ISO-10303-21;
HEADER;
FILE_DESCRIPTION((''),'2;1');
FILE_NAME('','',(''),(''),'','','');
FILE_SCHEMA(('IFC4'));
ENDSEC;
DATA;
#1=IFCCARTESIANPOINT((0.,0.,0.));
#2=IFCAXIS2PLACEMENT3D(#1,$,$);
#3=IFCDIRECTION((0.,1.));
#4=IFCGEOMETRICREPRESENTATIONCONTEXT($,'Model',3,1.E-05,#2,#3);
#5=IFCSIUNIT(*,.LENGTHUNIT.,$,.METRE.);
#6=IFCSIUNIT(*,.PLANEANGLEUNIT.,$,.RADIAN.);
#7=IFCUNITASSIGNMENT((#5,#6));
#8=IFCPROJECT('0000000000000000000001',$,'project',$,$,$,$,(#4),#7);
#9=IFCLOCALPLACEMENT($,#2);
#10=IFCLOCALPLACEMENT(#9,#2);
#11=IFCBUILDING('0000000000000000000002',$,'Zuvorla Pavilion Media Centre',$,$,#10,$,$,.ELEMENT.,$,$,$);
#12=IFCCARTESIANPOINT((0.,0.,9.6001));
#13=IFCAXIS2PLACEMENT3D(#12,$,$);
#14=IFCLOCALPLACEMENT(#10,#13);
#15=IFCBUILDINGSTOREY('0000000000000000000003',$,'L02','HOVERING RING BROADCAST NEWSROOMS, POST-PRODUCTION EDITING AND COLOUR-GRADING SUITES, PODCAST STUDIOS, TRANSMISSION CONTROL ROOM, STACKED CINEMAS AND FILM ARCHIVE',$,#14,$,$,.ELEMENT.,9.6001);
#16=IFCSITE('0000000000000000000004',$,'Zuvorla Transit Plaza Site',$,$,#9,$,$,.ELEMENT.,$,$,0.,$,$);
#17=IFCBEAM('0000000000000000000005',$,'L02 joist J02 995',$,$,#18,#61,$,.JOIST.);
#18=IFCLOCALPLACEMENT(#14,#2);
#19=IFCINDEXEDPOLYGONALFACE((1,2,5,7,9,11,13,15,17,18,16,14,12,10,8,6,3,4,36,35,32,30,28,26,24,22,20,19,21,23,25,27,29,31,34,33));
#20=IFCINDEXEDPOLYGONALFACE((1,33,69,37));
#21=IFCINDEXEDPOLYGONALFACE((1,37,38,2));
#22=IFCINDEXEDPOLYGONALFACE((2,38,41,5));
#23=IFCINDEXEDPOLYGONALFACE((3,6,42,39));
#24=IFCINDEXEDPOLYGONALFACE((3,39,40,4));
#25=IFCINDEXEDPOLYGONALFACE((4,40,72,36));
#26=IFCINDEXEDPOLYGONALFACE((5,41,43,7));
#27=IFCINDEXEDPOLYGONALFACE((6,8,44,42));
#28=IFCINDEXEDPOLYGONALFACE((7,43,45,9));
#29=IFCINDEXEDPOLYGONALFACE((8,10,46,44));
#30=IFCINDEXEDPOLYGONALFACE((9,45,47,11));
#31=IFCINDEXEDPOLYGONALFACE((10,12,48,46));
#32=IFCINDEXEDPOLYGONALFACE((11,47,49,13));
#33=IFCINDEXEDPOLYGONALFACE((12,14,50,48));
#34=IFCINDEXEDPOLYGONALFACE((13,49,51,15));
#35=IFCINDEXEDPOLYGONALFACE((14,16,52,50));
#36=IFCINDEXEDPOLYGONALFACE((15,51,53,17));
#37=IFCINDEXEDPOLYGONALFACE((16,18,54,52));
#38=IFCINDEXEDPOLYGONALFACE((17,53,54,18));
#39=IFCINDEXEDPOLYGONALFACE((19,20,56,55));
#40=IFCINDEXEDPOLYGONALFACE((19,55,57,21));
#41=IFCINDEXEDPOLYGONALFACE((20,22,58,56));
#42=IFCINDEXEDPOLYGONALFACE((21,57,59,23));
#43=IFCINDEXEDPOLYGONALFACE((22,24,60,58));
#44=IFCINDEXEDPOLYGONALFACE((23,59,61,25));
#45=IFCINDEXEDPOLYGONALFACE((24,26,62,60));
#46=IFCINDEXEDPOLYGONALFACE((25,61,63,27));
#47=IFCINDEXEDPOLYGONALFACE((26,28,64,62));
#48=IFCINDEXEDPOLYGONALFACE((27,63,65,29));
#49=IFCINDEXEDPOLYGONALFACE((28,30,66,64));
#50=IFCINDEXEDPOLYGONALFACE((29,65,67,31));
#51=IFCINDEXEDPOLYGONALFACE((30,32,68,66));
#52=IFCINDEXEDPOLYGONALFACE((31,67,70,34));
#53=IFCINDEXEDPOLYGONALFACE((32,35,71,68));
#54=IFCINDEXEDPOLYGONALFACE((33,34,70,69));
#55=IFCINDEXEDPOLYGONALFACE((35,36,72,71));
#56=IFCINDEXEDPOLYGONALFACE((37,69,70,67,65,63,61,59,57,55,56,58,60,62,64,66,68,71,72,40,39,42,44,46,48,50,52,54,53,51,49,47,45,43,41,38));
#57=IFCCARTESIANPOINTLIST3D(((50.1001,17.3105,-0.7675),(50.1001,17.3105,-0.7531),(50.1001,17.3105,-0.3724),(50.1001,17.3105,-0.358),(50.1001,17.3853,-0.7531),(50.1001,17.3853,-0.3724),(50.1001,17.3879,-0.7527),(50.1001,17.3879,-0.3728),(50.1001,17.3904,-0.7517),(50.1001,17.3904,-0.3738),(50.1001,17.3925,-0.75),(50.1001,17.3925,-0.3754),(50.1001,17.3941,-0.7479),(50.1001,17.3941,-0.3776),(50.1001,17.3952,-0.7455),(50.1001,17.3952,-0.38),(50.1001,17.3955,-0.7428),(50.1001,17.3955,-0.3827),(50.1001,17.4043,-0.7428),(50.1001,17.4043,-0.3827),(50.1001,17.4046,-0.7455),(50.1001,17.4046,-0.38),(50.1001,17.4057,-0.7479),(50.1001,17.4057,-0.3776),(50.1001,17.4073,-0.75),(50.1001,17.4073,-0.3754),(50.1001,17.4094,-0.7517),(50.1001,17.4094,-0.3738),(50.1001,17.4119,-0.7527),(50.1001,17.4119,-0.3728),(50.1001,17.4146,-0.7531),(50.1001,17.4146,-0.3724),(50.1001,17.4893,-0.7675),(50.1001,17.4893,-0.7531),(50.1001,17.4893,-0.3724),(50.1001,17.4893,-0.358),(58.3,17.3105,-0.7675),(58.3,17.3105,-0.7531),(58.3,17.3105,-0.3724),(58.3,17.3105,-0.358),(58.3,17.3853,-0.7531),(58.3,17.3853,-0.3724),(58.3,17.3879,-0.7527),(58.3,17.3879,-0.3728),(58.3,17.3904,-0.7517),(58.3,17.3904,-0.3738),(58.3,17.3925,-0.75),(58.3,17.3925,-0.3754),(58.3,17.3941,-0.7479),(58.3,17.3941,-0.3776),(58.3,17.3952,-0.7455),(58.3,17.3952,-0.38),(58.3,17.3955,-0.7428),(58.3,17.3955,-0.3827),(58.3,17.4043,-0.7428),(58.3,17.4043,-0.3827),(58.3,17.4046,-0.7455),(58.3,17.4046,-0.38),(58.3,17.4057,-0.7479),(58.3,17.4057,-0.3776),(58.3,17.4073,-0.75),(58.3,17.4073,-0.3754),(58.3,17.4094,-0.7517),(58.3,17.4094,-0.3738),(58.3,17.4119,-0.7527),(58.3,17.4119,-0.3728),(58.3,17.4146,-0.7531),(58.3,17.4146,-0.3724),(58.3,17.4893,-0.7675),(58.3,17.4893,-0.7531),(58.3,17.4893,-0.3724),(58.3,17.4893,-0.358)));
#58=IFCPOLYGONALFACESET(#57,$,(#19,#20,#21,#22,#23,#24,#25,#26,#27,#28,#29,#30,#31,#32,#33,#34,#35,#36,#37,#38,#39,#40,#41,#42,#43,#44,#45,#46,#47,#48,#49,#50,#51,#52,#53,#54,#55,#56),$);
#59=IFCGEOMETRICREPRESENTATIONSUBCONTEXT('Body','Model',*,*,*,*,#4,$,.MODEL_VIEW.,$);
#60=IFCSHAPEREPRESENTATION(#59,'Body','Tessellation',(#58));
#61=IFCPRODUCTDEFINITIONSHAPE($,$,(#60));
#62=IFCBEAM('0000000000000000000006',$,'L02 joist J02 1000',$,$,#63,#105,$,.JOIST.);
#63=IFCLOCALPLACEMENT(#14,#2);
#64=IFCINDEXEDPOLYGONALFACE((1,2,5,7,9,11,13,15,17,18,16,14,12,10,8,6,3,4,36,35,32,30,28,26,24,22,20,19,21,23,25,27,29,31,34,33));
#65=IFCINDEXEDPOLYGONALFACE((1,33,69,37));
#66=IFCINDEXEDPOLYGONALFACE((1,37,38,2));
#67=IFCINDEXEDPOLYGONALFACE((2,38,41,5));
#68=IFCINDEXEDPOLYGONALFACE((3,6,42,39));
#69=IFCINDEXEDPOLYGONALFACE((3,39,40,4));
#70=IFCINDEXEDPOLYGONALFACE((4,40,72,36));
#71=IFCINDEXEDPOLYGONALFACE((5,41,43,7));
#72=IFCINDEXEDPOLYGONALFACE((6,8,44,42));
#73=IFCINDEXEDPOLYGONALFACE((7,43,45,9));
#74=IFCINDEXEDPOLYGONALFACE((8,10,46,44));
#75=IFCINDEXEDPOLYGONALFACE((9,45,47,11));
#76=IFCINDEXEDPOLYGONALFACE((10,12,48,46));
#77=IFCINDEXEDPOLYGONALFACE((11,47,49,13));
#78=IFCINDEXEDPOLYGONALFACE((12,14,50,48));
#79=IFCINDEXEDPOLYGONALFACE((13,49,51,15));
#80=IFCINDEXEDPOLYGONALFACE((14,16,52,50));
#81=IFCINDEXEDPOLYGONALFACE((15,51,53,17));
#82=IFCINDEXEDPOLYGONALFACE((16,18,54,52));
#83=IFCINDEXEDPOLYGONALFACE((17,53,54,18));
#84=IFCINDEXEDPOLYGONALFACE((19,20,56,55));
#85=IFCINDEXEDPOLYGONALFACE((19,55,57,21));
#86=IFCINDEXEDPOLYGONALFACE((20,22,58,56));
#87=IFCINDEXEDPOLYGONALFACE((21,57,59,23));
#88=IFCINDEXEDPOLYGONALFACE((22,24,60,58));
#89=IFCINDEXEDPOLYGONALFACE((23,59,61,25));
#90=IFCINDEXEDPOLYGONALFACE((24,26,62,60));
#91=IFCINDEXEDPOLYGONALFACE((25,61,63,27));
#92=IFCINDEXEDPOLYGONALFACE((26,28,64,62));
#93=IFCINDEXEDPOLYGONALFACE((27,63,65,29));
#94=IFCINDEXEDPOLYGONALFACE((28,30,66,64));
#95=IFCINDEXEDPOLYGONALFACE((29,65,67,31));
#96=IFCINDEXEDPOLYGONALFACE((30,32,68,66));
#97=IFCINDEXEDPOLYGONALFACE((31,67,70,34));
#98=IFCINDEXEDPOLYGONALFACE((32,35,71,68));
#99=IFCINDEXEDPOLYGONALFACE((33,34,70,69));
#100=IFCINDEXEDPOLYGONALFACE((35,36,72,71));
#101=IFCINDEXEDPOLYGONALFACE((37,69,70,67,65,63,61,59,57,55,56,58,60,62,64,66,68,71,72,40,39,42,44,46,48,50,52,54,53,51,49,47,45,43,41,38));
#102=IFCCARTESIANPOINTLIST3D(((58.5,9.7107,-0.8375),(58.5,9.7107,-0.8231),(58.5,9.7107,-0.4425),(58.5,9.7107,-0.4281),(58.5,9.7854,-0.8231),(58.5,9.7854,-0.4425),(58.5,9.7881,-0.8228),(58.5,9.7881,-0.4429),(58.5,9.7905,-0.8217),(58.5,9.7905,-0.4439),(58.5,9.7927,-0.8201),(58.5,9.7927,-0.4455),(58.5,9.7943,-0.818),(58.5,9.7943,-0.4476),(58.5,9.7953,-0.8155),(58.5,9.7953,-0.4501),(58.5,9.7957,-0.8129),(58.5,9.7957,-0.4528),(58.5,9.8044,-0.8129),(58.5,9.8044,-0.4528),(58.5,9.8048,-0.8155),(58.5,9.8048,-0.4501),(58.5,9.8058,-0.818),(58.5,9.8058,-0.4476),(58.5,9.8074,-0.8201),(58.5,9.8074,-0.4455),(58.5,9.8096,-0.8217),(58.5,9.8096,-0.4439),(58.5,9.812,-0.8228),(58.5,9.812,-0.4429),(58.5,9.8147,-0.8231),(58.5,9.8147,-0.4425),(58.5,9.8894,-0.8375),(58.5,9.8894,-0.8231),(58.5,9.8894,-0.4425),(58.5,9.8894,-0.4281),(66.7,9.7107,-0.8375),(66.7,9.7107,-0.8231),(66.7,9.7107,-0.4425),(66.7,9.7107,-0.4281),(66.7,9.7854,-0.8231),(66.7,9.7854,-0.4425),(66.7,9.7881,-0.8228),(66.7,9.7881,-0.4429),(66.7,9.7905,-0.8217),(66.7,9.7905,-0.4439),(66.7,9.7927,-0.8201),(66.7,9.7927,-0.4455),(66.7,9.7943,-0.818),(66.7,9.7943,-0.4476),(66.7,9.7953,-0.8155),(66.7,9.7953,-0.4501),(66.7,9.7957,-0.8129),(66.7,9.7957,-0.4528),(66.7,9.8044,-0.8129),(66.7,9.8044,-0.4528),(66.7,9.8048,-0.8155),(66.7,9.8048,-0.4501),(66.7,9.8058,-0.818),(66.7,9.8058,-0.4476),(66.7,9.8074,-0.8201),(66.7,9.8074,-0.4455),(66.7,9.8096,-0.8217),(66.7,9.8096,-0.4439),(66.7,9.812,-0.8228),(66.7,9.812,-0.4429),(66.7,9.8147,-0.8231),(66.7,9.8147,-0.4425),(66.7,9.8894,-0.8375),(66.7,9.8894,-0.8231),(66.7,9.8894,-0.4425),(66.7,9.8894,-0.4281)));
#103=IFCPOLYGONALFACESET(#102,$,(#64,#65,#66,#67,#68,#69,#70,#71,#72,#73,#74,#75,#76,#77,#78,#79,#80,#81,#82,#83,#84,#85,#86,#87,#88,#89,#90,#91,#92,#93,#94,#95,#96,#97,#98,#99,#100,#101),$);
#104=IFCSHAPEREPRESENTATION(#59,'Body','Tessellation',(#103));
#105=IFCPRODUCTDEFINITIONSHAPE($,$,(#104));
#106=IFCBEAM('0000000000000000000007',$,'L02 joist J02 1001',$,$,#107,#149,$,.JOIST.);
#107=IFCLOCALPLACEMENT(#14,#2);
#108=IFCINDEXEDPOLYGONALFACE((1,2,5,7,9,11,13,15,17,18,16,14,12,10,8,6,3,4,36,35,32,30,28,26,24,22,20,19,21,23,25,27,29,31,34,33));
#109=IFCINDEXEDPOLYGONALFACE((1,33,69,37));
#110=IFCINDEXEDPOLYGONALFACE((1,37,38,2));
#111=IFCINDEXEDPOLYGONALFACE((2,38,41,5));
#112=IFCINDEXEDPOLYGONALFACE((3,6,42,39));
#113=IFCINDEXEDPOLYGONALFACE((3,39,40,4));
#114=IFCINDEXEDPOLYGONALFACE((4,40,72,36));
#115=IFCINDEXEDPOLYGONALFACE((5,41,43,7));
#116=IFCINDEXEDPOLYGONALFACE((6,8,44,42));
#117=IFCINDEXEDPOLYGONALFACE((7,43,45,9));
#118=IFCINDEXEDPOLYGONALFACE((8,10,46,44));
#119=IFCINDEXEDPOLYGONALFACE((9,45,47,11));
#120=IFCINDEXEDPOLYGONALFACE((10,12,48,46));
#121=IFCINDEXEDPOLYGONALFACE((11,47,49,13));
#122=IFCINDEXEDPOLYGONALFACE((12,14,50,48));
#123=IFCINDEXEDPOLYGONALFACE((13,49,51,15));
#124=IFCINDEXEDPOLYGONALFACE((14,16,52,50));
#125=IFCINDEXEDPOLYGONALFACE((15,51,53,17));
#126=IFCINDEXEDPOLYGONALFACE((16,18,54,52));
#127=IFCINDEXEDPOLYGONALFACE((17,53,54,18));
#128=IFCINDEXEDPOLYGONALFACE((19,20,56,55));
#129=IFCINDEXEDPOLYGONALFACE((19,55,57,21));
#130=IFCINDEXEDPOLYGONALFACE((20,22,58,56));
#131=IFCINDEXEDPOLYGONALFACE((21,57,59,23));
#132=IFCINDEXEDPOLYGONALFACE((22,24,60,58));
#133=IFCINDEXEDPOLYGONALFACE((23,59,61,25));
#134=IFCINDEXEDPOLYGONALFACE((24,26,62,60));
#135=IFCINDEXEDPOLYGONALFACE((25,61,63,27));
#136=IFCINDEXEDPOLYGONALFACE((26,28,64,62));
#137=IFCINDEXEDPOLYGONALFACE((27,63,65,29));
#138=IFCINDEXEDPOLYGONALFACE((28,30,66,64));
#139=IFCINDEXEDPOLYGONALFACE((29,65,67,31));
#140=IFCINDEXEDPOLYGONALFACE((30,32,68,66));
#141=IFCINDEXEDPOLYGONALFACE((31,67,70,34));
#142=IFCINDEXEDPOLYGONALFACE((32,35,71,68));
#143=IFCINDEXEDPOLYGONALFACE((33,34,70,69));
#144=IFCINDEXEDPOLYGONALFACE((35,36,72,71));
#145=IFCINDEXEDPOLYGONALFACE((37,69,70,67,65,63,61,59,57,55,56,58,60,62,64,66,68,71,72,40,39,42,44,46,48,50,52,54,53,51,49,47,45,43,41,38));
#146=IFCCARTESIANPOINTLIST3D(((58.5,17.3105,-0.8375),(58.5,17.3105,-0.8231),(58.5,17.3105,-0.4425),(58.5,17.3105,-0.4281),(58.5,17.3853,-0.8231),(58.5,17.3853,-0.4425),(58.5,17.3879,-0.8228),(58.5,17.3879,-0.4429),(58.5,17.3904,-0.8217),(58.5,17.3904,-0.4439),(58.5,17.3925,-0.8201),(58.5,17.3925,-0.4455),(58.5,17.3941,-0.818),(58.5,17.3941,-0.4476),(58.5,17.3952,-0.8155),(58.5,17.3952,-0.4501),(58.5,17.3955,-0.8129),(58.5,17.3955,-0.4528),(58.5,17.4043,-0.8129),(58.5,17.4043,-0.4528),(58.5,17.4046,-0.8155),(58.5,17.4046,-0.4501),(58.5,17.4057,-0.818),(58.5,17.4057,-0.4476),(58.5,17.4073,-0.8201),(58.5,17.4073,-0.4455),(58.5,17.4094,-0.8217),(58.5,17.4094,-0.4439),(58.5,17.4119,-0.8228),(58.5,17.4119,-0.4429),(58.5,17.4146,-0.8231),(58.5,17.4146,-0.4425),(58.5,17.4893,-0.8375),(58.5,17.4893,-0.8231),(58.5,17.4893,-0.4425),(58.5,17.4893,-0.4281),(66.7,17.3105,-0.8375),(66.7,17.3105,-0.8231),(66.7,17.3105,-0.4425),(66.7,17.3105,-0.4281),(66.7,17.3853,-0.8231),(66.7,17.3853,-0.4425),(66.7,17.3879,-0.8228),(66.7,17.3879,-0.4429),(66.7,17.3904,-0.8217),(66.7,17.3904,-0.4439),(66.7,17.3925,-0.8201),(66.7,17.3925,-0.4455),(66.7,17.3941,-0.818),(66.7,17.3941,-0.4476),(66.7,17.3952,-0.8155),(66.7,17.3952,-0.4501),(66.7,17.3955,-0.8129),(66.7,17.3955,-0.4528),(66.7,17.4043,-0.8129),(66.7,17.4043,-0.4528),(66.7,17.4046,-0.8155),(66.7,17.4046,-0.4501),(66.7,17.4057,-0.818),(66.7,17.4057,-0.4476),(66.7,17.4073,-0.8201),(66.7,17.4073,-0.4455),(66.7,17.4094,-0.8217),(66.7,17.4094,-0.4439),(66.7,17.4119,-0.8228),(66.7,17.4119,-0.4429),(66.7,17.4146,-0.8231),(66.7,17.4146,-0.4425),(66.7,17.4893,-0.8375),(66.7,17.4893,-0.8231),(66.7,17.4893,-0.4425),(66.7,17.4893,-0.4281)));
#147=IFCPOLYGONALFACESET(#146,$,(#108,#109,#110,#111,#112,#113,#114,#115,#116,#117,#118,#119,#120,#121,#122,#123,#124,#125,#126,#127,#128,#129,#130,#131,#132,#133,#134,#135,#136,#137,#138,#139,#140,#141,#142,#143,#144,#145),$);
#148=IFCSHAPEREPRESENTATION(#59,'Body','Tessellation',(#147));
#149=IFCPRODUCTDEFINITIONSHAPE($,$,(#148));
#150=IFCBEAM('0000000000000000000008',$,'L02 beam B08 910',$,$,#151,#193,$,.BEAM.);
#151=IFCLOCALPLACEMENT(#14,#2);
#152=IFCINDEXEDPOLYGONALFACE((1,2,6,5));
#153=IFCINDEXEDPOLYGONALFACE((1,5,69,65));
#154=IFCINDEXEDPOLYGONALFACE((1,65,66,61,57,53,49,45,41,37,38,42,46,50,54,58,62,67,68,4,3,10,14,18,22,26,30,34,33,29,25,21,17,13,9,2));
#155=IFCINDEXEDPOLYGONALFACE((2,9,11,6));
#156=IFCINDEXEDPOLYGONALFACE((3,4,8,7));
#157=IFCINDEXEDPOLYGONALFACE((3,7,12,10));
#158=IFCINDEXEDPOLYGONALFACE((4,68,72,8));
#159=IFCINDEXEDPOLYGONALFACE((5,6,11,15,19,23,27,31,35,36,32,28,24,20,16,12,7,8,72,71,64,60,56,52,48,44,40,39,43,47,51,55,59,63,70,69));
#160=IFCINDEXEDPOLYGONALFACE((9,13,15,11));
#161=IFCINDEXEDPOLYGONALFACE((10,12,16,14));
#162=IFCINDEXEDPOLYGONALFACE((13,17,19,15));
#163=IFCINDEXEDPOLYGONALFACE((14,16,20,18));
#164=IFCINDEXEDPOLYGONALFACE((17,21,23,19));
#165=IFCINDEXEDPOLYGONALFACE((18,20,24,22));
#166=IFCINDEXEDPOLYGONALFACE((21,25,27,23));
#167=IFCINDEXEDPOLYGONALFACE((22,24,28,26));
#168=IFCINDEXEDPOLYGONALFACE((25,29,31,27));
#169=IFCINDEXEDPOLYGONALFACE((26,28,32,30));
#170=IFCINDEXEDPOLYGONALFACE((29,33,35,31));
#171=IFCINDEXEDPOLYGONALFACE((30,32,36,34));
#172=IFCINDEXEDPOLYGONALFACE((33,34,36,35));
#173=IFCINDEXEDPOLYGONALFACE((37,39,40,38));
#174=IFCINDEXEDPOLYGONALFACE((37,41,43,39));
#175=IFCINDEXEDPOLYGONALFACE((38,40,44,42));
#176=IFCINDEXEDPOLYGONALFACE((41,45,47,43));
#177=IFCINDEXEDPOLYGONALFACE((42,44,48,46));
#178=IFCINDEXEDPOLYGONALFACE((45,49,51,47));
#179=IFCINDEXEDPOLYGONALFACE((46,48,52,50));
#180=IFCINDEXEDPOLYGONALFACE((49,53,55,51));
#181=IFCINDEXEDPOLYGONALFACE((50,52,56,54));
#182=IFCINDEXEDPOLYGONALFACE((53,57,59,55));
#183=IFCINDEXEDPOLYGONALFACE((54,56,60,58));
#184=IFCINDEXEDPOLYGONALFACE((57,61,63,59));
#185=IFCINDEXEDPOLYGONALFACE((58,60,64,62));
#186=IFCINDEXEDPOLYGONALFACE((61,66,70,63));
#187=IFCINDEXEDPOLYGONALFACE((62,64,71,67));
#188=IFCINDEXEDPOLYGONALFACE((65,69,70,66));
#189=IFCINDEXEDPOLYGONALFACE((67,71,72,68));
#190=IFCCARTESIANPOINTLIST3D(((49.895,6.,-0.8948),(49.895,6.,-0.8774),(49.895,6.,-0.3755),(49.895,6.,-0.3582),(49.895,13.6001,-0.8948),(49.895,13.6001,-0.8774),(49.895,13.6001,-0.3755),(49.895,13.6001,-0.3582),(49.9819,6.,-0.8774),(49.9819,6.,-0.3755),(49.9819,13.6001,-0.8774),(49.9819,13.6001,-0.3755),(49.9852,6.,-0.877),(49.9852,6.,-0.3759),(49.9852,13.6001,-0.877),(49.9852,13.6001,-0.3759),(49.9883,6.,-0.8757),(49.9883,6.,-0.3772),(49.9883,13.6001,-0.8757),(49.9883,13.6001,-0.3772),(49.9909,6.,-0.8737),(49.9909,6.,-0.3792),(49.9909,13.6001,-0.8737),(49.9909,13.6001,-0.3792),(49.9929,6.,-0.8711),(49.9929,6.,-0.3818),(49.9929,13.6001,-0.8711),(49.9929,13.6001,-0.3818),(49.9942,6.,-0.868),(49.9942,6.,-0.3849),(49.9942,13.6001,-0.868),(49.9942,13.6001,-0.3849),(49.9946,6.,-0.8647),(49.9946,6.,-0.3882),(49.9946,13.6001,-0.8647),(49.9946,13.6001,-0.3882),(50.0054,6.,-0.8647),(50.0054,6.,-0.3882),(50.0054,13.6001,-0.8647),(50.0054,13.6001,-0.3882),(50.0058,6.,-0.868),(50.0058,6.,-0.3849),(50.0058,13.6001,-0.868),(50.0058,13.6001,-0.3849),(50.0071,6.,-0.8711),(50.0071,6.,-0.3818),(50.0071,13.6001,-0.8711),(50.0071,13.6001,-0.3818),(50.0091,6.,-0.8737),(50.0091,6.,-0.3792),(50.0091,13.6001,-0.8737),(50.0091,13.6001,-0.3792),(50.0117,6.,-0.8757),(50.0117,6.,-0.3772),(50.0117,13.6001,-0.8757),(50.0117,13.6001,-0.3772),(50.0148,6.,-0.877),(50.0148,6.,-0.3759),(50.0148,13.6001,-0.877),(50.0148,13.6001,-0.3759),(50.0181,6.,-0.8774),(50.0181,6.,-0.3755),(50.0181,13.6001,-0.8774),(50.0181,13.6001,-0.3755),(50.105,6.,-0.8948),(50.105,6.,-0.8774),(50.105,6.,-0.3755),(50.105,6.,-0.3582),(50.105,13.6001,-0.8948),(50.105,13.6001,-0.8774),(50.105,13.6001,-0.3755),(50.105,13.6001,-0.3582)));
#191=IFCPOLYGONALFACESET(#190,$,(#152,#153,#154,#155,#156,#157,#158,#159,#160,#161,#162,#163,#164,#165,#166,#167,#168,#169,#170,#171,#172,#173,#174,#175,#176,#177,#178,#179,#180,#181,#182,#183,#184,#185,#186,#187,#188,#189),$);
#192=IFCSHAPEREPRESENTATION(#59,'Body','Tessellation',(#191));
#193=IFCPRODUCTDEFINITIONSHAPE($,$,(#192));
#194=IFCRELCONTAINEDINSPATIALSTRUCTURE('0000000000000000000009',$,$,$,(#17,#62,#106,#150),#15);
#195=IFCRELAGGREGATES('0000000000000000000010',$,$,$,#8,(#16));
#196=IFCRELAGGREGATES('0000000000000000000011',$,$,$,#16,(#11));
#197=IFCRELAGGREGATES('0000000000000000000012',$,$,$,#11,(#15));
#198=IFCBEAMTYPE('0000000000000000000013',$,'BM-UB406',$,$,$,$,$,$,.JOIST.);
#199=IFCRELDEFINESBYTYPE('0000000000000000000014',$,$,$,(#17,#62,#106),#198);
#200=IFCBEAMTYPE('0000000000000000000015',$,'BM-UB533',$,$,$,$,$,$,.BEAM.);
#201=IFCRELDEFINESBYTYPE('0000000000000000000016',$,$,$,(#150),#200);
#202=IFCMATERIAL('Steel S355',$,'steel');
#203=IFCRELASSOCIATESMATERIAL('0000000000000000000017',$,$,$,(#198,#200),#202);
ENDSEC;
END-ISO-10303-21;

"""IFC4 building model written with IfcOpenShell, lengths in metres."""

from ifc_helpers import new_model, si_unit, direction, frame, origin, origin_2d, place, context, subcontext, project, spatial, i_section, extrude, material, material_profile, profile_set, type_object, element, save


model = new_model("IFC4")

# Units and contexts
model_context = context("Model", 3, precision=1e-05, world=origin(), true_north=direction((0.0, 1.0)))
body_context = subcontext(model_context, "Body", "Model", "MODEL_VIEW")
ifc_project = project(units=[si_unit("LENGTHUNIT", "METRE"), si_unit("PLANEANGLEUNIT", "RADIAN")], contexts=[model_context])

# Site, building, storey
site_placement = place(None, origin())
site = spatial("IfcSite", under=ifc_project, at=site_placement, Name="Zuvorla Transit Plaza Site", CompositionType="ELEMENT", RefElevation=0.0)
building_placement = place(site_placement, origin())
building = spatial("IfcBuilding", under=site, at=building_placement, Name="Zuvorla Pavilion Media Centre", CompositionType="ELEMENT")
storey_placement = place(building_placement, frame((0.0, 0.0, 9.6001)))
storey = spatial("IfcBuildingStorey", under=building, at=storey_placement, Name="L02", Description="HOVERING RING BROADCAST NEWSROOMS, POST-PRODUCTION EDITING AND COLOUR-GRADING SUITES, PODCAST STUDIOS, TRANSMISSION CONTROL ROOM, STACKED CINEMAS AND FILM ARCHIVE", CompositionType="ELEMENT", Elevation=9.6001)

# Beams
ifc_material_1 = material(Name="Steel S355", Category="steel")
ifc_material_profile_1 = material_profile(ifc_material_1, i_section(OverallWidth=0.1787, OverallDepth=0.4094, WebThickness=0.0088, FlangeThickness=0.0144, FilletRadius=0.0103, at=origin_2d()), Name="UB 406x178x67")
ifc_profile_set_1 = profile_set([ifc_material_profile_1], Name="Steel S355")
beam_type_1 = type_object("IfcBeamType", Name="BM-UB406", PredefinedType="JOIST", material=ifc_profile_set_1)
for number, where, z_axis, x_axis, name in (
    (1, (50.1001, 17.3999, -0.5627), (1.0, 0.0, 0.0), (0.0, 1.0, 0.0), "L02 joist J02 995"),
    (2, (58.5, 9.8, -0.6328), (1.0, 0.0, 0.0), (0.0, 1.0, 0.0), "L02 joist J02 1000"),
    (3, (58.5, 17.3999, -0.6328), (1.0, 0.0, 0.0), (0.0, 1.0, 0.0), "L02 joist J02 1001"),
):
    element("IfcBeam", number, at=place(storey_placement, frame(where, z_axis=z_axis, x_axis=x_axis)), inside=storey, type_object=beam_type_1, Name=name, PredefinedType="JOIST", context=body_context, shape_type="SweptSolid", body=[
        extrude(i_section(OverallWidth=0.1787, OverallDepth=0.4094, WebThickness=0.0088, FlangeThickness=0.0144, FilletRadius=0.0103, at=origin_2d()), origin(), (0.0, 0.0, 1.0), 8.2),
    ])
ifc_material_profile_2 = material_profile(ifc_material_1, i_section(OverallWidth=0.21, OverallDepth=0.5366, WebThickness=0.0107, FlangeThickness=0.0173, FilletRadius=0.0127, at=origin_2d()), Name="UB 533x210x101")
ifc_profile_set_2 = profile_set([ifc_material_profile_2], Name="Steel S355")
beam_type_2 = type_object("IfcBeamType", Name="BM-UB533", PredefinedType="BEAM", material=ifc_profile_set_2)
beam_1_placement = place(storey_placement, frame((50.0, 6.0, -0.6265), z_axis=(0.0, 1.0, 0.0), x_axis=(-1.0, 0.0, 0.0)))
element("IfcBeam", 4, at=beam_1_placement, inside=storey, type_object=beam_type_2, Name="L02 beam B08 910", PredefinedType="BEAM", context=body_context, shape_type="SweptSolid", body=[
    extrude(i_section(OverallWidth=0.21, OverallDepth=0.5366, WebThickness=0.0107, FlangeThickness=0.0173, FilletRadius=0.0127, at=origin_2d()), origin(), (0.0, 0.0, 1.0), 7.6001),
])

save(model, "model.ifc")
